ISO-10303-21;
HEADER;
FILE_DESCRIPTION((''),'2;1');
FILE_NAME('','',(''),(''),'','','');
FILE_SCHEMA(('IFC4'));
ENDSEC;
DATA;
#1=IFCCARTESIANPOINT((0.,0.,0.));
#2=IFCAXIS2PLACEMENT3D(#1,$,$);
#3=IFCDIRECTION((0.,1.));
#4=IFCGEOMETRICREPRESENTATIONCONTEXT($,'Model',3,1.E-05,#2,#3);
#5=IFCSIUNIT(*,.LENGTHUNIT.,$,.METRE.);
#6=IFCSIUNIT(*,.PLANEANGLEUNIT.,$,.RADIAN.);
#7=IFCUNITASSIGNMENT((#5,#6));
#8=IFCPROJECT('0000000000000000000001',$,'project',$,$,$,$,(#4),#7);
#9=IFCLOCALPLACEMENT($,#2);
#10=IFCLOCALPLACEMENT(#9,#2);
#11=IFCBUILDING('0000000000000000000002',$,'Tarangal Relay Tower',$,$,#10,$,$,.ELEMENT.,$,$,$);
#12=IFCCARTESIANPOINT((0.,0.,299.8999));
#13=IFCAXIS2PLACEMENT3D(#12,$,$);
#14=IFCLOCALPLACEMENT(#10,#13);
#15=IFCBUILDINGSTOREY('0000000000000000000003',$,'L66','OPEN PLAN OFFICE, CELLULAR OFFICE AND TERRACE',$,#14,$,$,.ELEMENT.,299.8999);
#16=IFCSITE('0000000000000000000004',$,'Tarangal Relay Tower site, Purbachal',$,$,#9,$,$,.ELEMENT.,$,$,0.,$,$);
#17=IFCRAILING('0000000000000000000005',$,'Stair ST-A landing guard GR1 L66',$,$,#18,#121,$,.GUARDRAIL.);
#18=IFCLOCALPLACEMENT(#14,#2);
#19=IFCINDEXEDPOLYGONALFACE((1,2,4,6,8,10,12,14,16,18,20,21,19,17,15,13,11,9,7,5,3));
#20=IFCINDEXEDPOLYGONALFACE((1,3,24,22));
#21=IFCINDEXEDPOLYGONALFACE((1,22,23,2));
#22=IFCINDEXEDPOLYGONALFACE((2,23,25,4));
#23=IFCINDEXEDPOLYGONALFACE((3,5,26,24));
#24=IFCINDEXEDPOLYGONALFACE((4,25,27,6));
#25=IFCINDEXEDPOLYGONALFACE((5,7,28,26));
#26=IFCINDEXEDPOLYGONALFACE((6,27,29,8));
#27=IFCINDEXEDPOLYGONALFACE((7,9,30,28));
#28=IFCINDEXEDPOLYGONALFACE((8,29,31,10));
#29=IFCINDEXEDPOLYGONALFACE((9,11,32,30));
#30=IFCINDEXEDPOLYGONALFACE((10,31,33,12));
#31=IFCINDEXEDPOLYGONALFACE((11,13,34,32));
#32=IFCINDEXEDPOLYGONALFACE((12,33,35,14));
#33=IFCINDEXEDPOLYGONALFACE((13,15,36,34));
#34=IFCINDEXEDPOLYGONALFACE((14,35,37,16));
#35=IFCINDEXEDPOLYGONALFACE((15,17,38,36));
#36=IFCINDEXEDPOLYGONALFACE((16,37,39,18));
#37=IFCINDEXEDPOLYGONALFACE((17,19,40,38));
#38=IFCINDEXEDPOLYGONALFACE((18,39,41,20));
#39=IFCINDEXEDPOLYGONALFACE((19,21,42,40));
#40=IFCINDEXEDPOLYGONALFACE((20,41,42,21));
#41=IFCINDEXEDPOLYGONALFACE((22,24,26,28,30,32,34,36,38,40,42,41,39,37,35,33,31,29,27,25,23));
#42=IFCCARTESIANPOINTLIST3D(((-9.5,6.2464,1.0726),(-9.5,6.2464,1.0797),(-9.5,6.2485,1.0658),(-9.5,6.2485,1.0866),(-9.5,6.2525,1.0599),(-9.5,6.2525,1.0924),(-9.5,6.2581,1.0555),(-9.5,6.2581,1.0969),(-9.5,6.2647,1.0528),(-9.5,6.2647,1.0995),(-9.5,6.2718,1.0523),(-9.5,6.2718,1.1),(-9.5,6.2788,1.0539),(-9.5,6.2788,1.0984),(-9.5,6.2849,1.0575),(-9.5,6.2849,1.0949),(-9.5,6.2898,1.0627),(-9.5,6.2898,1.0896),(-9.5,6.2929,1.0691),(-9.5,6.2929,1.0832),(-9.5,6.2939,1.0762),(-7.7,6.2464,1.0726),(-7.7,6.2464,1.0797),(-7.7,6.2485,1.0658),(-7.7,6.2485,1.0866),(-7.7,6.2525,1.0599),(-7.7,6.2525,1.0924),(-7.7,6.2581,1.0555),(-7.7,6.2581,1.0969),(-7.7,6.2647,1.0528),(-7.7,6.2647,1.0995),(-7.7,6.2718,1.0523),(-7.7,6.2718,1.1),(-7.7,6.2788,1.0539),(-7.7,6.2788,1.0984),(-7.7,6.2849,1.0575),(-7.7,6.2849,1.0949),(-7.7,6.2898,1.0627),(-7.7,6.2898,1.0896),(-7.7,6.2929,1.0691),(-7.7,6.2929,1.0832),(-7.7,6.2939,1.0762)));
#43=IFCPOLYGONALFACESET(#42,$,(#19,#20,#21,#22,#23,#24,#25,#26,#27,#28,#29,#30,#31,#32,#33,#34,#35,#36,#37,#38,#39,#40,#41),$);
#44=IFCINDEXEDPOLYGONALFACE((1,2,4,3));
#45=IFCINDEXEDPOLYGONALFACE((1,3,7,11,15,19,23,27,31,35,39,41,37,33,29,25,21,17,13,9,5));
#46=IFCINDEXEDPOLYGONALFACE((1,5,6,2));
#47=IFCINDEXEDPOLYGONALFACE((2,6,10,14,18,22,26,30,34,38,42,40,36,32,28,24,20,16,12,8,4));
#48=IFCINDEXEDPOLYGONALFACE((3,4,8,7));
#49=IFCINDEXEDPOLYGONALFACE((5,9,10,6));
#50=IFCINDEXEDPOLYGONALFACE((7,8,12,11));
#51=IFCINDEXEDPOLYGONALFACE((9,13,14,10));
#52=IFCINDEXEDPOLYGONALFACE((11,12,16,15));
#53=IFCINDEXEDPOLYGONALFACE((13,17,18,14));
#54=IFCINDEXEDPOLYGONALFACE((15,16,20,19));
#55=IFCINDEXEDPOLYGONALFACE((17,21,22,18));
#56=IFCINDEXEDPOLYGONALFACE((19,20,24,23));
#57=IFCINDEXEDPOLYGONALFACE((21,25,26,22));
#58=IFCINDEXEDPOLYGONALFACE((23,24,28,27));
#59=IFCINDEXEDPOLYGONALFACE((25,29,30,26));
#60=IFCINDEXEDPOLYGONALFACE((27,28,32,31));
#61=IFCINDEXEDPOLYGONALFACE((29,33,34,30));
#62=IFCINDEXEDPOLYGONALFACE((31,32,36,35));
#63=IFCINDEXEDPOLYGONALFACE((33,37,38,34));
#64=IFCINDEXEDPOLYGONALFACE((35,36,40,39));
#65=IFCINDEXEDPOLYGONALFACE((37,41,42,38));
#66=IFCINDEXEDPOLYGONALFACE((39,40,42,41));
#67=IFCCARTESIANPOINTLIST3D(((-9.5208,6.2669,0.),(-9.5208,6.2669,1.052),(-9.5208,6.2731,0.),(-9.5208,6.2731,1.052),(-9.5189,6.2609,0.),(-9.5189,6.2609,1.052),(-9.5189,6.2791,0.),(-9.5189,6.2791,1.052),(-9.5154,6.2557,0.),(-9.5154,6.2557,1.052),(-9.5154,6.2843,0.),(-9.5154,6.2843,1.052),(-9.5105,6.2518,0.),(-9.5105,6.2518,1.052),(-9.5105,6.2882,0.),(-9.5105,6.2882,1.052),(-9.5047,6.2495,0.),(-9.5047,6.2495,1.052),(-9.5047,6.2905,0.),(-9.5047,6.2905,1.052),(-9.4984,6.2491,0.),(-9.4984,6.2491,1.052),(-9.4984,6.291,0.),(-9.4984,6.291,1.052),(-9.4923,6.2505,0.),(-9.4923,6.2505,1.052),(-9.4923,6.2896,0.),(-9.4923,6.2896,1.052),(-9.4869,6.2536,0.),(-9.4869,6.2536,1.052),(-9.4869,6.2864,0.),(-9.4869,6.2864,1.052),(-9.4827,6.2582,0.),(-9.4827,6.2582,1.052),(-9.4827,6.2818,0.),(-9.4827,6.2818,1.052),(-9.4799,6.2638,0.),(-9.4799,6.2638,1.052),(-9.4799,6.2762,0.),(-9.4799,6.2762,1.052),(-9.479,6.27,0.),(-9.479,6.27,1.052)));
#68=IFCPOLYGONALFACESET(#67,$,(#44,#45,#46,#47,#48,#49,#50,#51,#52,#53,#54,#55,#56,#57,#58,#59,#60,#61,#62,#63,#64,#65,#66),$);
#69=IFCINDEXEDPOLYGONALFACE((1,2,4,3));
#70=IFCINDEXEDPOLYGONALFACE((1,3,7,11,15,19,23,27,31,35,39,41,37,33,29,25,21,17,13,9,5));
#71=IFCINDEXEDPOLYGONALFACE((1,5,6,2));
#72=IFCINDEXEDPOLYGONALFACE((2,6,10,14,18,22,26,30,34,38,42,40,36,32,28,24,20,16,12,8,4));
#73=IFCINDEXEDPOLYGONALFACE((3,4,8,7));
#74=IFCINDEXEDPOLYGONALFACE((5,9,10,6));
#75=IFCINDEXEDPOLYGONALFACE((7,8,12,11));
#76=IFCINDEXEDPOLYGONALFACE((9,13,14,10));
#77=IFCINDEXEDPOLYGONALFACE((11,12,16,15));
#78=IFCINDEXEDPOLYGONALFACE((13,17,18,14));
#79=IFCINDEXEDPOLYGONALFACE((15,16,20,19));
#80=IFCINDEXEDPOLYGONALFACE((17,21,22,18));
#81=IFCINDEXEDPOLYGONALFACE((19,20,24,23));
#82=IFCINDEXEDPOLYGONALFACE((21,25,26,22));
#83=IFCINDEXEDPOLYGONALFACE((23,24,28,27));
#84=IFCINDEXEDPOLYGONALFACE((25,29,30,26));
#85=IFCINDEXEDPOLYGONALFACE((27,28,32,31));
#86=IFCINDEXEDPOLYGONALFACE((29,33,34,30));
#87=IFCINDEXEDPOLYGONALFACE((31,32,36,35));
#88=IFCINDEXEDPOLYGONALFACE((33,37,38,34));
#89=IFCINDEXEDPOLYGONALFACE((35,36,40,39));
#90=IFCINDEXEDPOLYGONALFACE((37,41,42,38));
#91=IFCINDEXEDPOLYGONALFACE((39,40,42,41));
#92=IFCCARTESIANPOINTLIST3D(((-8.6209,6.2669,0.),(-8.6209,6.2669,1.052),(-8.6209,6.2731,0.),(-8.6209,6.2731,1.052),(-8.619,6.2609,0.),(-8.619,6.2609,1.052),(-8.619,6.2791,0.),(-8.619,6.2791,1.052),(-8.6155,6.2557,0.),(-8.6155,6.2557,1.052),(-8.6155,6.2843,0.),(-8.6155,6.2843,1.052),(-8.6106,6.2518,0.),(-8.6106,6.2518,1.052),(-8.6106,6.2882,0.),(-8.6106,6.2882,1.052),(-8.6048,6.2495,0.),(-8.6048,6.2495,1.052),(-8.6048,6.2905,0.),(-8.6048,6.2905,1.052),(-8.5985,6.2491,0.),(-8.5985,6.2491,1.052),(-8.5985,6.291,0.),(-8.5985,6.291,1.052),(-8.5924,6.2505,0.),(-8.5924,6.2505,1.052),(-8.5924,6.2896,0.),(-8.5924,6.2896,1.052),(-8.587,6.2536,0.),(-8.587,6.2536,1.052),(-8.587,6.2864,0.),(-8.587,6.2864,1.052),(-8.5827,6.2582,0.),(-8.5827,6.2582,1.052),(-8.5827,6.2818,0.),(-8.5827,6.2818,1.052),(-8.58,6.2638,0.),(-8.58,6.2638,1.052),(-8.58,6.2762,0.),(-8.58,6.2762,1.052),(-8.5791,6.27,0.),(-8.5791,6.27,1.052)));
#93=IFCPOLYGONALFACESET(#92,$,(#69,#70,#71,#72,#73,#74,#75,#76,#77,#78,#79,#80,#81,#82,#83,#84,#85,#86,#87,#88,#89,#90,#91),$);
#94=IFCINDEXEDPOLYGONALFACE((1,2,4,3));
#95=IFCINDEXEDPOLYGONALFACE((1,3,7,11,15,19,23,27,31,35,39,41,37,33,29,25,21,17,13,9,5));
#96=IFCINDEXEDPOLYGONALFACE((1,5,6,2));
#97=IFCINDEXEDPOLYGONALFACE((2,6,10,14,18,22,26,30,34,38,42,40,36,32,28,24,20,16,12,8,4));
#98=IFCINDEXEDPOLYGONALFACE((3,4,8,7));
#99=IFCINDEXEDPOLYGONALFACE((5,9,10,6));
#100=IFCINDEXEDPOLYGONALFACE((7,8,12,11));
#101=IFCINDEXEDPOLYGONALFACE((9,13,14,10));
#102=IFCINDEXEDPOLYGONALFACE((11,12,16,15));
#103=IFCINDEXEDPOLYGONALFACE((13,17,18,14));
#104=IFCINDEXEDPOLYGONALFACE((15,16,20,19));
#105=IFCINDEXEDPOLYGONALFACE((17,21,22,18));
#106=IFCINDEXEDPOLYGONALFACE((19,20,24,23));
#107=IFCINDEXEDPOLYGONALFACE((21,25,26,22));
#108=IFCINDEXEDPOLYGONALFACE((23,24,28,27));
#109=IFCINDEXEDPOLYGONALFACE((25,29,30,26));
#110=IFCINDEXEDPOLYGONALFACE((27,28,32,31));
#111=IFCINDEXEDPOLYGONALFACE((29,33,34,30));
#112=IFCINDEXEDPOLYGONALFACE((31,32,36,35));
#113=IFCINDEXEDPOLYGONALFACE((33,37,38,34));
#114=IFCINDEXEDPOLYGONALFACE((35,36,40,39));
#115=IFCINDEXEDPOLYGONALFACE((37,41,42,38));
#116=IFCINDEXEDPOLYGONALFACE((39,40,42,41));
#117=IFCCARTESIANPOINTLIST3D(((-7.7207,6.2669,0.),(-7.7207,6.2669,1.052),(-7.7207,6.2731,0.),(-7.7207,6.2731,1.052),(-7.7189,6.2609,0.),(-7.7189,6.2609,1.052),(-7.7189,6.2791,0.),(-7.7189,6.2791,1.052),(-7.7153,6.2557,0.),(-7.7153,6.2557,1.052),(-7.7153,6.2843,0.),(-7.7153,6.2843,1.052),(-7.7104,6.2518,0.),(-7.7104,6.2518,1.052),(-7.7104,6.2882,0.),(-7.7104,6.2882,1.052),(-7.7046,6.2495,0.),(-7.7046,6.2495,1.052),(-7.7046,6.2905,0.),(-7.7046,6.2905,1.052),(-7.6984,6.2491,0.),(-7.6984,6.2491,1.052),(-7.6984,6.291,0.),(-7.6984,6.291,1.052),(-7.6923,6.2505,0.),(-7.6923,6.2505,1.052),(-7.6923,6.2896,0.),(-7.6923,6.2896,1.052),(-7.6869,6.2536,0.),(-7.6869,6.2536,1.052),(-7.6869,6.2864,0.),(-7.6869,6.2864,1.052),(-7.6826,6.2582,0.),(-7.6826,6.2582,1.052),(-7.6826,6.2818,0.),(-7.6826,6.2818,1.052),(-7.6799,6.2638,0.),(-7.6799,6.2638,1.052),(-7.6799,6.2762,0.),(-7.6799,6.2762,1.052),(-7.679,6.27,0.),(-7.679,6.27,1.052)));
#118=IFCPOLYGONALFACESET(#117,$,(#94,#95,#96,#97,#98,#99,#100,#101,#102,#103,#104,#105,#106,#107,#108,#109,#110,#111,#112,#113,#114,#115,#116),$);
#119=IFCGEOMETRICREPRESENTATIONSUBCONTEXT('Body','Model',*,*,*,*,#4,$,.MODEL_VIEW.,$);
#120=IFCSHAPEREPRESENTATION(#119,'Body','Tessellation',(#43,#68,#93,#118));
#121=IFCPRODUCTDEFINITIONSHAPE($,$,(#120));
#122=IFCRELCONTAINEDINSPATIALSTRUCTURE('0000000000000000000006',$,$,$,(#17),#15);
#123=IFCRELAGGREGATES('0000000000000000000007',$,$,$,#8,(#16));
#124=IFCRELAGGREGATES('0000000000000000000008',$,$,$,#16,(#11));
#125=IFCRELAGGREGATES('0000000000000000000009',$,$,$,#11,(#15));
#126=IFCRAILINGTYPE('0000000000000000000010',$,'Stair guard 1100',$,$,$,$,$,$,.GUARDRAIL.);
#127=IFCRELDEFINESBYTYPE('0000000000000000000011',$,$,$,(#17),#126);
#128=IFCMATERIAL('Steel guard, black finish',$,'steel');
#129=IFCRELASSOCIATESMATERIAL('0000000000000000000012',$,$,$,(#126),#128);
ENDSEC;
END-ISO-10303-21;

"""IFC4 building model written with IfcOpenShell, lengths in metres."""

from ifc_helpers import new_model, si_unit, direction, frame, origin, origin_2d, place, context, subcontext, project, spatial, circle, extrude, material, type_object, element, save


model = new_model("IFC4")

# Units and contexts
model_context = context("Model", 3, precision=1e-05, world=origin(), true_north=direction((0.0, 1.0)))
body_context = subcontext(model_context, "Body", "Model", "MODEL_VIEW")
ifc_project = project(units=[si_unit("LENGTHUNIT", "METRE"), si_unit("PLANEANGLEUNIT", "RADIAN")], contexts=[model_context])

# Site, building, storey
site_placement = place(None, origin())
site = spatial("IfcSite", under=ifc_project, at=site_placement, Name="Tarangal Relay Tower site, Purbachal", CompositionType="ELEMENT", RefElevation=0.0)
building_placement = place(site_placement, origin())
building = spatial("IfcBuilding", under=site, at=building_placement, Name="Tarangal Relay Tower", CompositionType="ELEMENT")
storey_placement = place(building_placement, frame((0.0, 0.0, 299.8999)))
storey = spatial("IfcBuildingStorey", under=building, at=storey_placement, Name="L66", Description="OPEN PLAN OFFICE, CELLULAR OFFICE AND TERRACE", CompositionType="ELEMENT", Elevation=299.8999)

# Railing
ifc_material_1 = material(Name="Steel guard, black finish", Category="steel")
railing_type_1 = type_object("IfcRailingType", Name="Stair guard 1100", PredefinedType="GUARDRAIL", material=ifc_material_1)
railing_1_placement = place(storey_placement, frame((-9.5, 6.27, 0.0)))
element("IfcRailing", 1, at=railing_1_placement, inside=storey, type_object=railing_type_1, Name="Stair ST-A landing guard GR1 L66", PredefinedType="GUARDRAIL", context=body_context, shape_type="SweptSolid", body=[
    extrude(circle(Radius=0.0239, at=origin_2d()), frame((0.0, 0.0, 1.0762), z_axis=(1.0, 0.0, 0.0), x_axis=(0.0, 1.0, 0.0)), (0.0, 0.0, 1.0), 1.8),
    extrude(circle(Radius=0.021, at=origin_2d()), origin(), (0.0, 0.0, 1.0), 1.052),
    extrude(circle(Radius=0.021, at=origin_2d()), frame((0.8999, 0.0, 0.0)), (0.0, 0.0, 1.0), 1.052),
    extrude(circle(Radius=0.021, at=origin_2d()), frame((1.8, 0.0, 0.0)), (0.0, 0.0, 1.0), 1.052),
])

save(model, "model.ifc")
